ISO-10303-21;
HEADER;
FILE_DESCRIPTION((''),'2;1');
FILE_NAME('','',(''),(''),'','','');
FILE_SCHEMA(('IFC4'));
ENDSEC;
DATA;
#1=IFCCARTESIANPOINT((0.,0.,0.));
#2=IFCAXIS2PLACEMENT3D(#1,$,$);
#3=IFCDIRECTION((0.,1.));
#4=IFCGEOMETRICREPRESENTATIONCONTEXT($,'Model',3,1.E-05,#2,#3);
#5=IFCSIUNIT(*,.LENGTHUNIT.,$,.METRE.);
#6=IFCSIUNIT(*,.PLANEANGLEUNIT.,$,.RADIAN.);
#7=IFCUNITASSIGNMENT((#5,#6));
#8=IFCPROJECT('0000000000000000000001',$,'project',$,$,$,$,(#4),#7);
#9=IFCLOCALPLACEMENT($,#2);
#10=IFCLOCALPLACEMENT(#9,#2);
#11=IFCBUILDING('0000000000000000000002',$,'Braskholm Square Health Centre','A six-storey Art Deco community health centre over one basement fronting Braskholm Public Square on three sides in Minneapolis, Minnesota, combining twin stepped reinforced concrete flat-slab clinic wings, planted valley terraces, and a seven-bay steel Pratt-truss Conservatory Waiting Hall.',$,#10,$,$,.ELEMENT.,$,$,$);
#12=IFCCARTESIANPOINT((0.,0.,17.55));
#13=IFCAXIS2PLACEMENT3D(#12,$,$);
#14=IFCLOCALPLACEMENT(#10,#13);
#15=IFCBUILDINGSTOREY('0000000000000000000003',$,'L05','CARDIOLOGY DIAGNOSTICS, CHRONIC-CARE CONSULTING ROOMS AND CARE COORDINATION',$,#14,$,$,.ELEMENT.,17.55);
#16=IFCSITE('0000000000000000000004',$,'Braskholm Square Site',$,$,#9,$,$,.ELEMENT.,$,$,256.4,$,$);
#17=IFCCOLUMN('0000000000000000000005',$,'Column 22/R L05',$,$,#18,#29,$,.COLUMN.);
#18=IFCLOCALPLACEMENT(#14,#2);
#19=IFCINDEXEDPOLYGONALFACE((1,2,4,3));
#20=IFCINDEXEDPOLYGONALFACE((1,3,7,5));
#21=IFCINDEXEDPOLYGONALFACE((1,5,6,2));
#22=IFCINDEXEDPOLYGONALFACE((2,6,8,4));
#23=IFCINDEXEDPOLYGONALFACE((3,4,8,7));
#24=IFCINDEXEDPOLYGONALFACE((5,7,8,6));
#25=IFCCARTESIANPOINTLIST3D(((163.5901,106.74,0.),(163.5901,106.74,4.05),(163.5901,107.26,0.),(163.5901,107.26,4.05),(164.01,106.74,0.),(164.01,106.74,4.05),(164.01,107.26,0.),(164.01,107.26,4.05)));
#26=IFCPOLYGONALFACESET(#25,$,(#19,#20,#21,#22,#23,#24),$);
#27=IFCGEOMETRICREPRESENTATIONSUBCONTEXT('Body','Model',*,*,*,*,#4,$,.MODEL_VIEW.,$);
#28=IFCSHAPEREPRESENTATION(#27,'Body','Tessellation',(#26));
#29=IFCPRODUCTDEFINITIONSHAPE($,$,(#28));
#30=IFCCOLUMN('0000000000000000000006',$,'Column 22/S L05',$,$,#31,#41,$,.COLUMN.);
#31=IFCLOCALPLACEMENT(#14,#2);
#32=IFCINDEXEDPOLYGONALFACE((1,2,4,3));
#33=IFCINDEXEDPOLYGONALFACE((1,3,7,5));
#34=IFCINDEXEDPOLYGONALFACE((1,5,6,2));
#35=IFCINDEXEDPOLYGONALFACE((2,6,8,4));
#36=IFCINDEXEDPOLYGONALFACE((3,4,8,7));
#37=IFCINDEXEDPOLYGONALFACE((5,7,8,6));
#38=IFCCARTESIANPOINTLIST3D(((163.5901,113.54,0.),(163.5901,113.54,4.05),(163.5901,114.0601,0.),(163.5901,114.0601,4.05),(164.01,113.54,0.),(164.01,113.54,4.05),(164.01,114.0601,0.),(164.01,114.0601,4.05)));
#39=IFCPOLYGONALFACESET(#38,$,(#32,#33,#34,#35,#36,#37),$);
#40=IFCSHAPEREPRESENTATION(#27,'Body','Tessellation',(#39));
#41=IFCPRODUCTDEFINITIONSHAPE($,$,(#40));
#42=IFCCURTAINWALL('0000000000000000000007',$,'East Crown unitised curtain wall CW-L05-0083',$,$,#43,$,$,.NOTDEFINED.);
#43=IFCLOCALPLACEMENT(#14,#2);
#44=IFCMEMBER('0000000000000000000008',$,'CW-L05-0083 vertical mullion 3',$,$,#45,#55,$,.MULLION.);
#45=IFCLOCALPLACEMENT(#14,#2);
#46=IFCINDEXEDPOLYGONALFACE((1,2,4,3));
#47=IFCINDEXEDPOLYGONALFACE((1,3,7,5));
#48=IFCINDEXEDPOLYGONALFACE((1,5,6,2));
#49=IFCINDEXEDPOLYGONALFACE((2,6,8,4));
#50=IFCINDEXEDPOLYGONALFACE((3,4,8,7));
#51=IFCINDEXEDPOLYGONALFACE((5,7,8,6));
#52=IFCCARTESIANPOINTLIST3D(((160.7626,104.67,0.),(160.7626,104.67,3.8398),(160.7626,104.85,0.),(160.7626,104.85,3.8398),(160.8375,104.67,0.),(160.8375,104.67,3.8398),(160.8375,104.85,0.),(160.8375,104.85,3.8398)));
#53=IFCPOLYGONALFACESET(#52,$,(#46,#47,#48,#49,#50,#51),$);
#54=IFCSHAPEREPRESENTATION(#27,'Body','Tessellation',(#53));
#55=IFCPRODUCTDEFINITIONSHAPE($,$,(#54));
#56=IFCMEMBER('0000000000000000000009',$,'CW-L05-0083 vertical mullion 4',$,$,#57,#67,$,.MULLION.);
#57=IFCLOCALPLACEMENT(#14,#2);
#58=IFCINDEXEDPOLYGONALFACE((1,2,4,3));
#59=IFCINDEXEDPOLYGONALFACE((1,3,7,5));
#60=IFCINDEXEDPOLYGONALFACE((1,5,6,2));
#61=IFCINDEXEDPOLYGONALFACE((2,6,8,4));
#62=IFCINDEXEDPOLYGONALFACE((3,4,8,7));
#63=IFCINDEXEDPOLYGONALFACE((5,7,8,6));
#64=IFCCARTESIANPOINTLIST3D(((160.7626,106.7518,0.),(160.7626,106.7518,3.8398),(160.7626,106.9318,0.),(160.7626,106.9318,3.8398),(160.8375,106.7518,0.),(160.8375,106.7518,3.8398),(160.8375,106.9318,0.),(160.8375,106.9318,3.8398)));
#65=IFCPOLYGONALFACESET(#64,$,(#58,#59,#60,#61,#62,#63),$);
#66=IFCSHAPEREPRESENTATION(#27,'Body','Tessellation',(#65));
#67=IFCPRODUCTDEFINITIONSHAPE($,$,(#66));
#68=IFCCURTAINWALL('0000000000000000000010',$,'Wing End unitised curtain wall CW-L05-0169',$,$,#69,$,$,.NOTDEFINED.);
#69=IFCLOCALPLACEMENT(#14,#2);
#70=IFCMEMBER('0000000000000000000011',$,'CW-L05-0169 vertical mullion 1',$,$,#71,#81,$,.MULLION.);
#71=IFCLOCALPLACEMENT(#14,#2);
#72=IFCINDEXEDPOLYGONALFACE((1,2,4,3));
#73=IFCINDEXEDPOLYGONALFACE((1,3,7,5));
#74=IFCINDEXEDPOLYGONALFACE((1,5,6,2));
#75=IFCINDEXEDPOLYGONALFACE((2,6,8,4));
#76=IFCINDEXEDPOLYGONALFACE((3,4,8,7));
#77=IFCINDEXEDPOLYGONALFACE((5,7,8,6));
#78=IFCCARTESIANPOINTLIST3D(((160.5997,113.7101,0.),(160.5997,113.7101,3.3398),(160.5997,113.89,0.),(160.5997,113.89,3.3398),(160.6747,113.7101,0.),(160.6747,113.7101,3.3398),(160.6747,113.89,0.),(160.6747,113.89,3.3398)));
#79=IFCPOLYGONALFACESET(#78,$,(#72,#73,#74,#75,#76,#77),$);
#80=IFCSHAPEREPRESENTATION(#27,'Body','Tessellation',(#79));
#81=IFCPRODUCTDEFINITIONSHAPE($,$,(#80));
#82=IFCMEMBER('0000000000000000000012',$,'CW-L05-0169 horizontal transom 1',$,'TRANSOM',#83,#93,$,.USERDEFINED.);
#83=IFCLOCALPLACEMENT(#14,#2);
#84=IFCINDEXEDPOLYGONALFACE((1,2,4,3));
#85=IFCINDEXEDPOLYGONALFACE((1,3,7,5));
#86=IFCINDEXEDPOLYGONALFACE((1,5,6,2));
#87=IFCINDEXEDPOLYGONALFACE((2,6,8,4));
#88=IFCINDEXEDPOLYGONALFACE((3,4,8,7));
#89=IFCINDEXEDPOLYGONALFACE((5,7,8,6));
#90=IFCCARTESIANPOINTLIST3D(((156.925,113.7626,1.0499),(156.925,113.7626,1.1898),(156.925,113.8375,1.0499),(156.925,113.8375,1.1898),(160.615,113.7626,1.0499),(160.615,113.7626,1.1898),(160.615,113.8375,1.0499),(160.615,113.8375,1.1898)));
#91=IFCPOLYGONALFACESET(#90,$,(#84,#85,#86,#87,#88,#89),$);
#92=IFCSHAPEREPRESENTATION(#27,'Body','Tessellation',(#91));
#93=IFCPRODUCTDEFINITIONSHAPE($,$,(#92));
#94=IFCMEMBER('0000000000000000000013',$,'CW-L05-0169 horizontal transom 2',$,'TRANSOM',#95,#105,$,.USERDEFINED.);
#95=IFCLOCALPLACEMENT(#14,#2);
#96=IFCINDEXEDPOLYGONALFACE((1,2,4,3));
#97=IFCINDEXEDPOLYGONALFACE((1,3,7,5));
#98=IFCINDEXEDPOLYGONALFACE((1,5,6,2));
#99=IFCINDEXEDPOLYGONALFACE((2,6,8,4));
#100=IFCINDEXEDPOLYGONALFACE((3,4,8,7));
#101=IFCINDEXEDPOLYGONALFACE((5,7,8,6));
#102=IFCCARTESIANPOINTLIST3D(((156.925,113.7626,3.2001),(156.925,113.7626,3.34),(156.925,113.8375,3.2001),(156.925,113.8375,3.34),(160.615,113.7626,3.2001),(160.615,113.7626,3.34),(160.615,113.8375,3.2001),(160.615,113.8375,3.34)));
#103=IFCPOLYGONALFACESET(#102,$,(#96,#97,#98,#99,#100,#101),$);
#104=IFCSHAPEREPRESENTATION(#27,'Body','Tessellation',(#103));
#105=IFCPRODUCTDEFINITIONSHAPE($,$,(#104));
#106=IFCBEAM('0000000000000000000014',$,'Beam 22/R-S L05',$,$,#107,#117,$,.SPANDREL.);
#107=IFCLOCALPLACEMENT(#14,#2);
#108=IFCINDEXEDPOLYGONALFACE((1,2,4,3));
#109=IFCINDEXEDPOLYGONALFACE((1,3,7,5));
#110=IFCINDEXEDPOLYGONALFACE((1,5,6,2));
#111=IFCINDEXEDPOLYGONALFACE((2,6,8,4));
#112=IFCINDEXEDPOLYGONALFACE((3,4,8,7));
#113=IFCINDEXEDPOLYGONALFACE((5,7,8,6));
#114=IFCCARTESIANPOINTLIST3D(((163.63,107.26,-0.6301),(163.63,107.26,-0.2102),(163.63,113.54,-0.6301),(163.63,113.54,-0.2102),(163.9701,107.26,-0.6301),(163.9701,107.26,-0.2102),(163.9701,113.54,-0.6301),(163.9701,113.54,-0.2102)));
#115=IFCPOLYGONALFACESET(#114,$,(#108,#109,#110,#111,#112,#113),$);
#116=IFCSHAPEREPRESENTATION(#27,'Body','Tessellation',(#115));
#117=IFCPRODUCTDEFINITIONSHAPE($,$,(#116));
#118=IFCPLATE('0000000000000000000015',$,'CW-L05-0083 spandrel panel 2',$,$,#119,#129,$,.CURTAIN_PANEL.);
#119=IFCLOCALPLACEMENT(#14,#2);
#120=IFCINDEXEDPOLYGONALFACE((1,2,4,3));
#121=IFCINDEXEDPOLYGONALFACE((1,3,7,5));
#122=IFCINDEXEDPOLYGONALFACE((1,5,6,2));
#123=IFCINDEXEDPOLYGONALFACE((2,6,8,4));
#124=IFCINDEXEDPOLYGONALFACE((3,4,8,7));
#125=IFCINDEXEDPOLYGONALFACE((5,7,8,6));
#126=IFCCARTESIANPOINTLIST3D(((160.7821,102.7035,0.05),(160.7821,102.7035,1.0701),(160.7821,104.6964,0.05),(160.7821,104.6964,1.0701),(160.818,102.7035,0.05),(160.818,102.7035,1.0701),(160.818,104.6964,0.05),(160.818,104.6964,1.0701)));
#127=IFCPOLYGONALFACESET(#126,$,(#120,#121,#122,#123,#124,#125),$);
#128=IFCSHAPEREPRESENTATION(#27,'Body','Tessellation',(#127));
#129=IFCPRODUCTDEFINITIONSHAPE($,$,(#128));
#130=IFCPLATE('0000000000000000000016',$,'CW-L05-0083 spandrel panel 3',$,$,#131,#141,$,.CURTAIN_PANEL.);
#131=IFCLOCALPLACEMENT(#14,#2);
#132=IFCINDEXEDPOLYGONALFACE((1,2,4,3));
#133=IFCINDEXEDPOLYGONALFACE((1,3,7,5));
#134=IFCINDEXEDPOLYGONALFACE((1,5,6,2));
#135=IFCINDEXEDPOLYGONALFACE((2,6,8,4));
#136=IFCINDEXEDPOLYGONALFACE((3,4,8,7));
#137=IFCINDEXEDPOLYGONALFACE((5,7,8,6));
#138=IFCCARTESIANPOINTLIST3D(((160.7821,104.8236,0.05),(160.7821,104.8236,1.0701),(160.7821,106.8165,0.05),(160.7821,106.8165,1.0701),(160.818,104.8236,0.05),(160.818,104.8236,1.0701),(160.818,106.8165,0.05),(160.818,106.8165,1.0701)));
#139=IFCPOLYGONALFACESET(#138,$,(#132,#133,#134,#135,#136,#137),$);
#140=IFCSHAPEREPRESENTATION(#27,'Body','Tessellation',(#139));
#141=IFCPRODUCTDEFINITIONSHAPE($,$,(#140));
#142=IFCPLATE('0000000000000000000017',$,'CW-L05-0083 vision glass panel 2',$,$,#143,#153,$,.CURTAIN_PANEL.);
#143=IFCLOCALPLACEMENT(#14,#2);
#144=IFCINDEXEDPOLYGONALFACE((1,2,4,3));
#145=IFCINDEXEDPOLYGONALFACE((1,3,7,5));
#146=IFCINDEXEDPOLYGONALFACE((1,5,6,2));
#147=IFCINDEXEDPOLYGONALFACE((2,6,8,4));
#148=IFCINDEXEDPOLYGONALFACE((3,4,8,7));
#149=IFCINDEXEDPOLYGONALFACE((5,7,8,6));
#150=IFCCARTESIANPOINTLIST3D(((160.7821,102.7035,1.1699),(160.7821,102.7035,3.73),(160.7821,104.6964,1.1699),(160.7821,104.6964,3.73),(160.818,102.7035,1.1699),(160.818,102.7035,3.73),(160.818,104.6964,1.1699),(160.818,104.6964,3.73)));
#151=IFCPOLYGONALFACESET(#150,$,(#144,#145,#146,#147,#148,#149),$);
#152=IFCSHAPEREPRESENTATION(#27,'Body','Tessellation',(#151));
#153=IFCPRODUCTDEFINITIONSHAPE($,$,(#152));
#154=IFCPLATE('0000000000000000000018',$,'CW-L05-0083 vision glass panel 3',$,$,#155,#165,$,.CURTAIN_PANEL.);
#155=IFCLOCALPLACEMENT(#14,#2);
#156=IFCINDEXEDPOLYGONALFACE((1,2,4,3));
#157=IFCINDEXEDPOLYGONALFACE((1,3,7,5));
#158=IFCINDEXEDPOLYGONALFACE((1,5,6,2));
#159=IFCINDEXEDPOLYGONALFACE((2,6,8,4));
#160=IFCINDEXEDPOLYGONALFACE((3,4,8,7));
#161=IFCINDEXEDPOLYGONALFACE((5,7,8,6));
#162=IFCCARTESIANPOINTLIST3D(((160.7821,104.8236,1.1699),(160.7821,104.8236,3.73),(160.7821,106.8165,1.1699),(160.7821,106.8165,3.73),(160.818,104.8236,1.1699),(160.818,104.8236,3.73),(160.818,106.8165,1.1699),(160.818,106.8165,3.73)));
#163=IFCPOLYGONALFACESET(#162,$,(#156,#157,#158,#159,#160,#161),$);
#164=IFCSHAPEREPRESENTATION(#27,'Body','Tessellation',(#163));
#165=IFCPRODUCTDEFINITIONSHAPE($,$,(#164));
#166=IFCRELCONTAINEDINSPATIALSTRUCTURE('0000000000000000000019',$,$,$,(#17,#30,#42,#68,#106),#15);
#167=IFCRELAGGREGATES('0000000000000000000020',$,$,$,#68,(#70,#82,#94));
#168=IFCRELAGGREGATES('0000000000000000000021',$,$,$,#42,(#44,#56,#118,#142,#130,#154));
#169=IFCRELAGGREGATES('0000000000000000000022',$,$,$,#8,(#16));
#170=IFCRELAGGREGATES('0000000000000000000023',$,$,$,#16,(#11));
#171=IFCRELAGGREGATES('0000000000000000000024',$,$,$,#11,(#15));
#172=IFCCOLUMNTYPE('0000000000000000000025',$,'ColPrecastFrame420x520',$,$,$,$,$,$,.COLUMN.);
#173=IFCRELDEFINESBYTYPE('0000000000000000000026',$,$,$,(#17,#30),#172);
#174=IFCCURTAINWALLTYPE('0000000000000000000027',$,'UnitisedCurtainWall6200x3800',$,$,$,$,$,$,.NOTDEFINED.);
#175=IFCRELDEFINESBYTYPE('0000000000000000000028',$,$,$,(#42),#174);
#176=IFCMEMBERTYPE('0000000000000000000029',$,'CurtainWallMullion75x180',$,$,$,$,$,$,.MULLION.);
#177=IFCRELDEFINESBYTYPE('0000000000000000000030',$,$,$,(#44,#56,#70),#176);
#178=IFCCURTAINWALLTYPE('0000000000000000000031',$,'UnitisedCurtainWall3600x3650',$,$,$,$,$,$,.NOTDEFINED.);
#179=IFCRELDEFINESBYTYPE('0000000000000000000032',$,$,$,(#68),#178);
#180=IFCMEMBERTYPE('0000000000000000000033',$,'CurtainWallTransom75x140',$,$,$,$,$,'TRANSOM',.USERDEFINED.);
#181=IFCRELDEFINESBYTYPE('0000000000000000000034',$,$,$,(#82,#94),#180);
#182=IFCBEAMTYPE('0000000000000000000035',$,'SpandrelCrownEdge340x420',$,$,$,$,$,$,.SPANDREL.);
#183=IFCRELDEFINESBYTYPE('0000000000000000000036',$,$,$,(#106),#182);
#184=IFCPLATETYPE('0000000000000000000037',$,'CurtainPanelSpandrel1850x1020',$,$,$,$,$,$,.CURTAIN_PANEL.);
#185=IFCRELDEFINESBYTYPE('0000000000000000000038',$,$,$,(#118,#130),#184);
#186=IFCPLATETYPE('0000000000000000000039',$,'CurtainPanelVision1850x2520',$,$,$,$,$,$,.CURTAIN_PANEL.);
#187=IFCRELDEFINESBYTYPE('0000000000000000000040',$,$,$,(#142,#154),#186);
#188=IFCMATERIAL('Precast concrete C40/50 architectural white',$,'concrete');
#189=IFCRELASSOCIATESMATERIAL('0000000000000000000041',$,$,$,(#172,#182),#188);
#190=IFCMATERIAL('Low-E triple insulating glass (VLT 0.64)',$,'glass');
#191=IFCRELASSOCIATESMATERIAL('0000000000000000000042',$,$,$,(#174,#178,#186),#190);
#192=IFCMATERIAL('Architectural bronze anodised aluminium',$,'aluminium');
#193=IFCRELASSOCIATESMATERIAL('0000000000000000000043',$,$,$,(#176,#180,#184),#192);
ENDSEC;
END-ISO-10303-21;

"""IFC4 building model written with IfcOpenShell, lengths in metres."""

from ifc_helpers import new_model, si_unit, direction, frame, origin, origin_2d, place, context, subcontext, project, spatial, rectangle, extrude, material, material_profile, profile_set, type_object, element, aggregate, save


model = new_model("IFC4")

# Units and contexts
model_context = context("Model", 3, precision=1e-05, world=origin(), true_north=direction((0.0, 1.0)))
body_context = subcontext(model_context, "Body", "Model", "MODEL_VIEW")
ifc_project = project(units=[si_unit("LENGTHUNIT", "METRE"), si_unit("PLANEANGLEUNIT", "RADIAN")], contexts=[model_context])

# Site, building, storey
site_placement = place(None, origin())
site = spatial("IfcSite", under=ifc_project, at=site_placement, Name="Braskholm Square Site", CompositionType="ELEMENT", RefElevation=256.4)
building_placement = place(site_placement, origin())
building = spatial("IfcBuilding", under=site, at=building_placement, Name="Braskholm Square Health Centre", Description="A six-storey Art Deco community health centre over one basement fronting Braskholm Public Square on three sides in Minneapolis, Minnesota, combining twin stepped reinforced concrete flat-slab clinic wings, planted valley terraces, and a seven-bay steel Pratt-truss Conservatory Waiting Hall.", CompositionType="ELEMENT")
storey_placement = place(building_placement, frame((0.0, 0.0, 17.55)))
storey = spatial("IfcBuildingStorey", under=building, at=storey_placement, Name="L05", Description="CARDIOLOGY DIAGNOSTICS, CHRONIC-CARE CONSULTING ROOMS AND CARE COORDINATION", CompositionType="ELEMENT", Elevation=17.55)

# Columns
ifc_material_1 = material(Name="Precast concrete C40/50 architectural white", Category="concrete")
ifc_material_profile_1 = material_profile(ifc_material_1, rectangle(XDim=0.4199, YDim=0.52, at=origin_2d()), Name="RC-420X520")
ifc_profile_set_1 = profile_set([ifc_material_profile_1], Name="Precast concrete C40/50 architectural white")
column_type = type_object("IfcColumnType", Name="ColPrecastFrame420x520", PredefinedType="COLUMN", material=ifc_profile_set_1)
for number, where, z_axis, x_axis, name in (
    (1, (163.8, 107.0, 0.0), (0.0, 0.0, 1.0), (1.0, 0.0, 0.0), "Column 22/R L05"),
    (2, (163.8, 113.8, 0.0), (0.0, 0.0, 1.0), (1.0, 0.0, 0.0), "Column 22/S L05"),
):
    element("IfcColumn", number, at=place(storey_placement, frame(where, z_axis=z_axis, x_axis=x_axis)), inside=storey, type_object=column_type, Name=name, PredefinedType="COLUMN", context=body_context, shape_type="SweptSolid", body=[
        extrude(rectangle(XDim=0.4199, YDim=0.52, at=origin_2d()), origin(), (0.0, 0.0, 1.0), 4.05),
    ])

# Curtain walls, members
ifc_material_2 = material(Name="Low-E triple insulating glass (VLT 0.64)", Category="glass")
curtain_wall_type_1 = type_object("IfcCurtainWallType", Name="UnitisedCurtainWall6200x3800", PredefinedType="NOTDEFINED", material=ifc_material_2)
curtain_wall_1_placement = place(storey_placement, origin())
curtain_wall_1 = element("IfcCurtainWall", 3, at=curtain_wall_1_placement, inside=storey, type_object=curtain_wall_type_1, Name="East Crown unitised curtain wall CW-L05-0083", PredefinedType="NOTDEFINED")
ifc_material_3 = material(Name="Architectural bronze anodised aluminium", Category="aluminium")
ifc_material_profile_2 = material_profile(ifc_material_3, rectangle(XDim=0.075, YDim=0.1799, at=origin_2d()), Name="ALU-75X180")
ifc_profile_set_2 = profile_set([ifc_material_profile_2], Name="Architectural bronze anodised aluminium")
member_type_1 = type_object("IfcMemberType", Name="CurtainWallMullion75x180", PredefinedType="MULLION", material=ifc_profile_set_2)
member_1_placement = place(storey_placement, frame((160.8, 104.76, 0.0), z_axis=(0.0, 0.0, 1.0), x_axis=(1.0, 0.0, 0.0)))
member_1 = element("IfcMember", 4, at=member_1_placement, type_object=member_type_1, Name="CW-L05-0083 vertical mullion 3", PredefinedType="MULLION", context=body_context, shape_type="SweptSolid", body=[
    extrude(rectangle(XDim=0.075, YDim=0.1799, at=origin_2d()), origin(), (0.0, 0.0, 1.0), 3.8398),
])
member_2_placement = place(storey_placement, frame((160.8, 106.8418, 0.0), z_axis=(0.0, 0.0, 1.0), x_axis=(1.0, 0.0, 0.0)))
member_2 = element("IfcMember", 5, at=member_2_placement, type_object=member_type_1, Name="CW-L05-0083 vertical mullion 4", PredefinedType="MULLION", context=body_context, shape_type="SweptSolid", body=[
    extrude(rectangle(XDim=0.075, YDim=0.1799, at=origin_2d()), origin(), (0.0, 0.0, 1.0), 3.8398),
])
curtain_wall_type_2 = type_object("IfcCurtainWallType", Name="UnitisedCurtainWall3600x3650", PredefinedType="NOTDEFINED", material=ifc_material_2)
curtain_wall_2_placement = place(storey_placement, origin())
curtain_wall_2 = element("IfcCurtainWall", 6, at=curtain_wall_2_placement, inside=storey, type_object=curtain_wall_type_2, Name="Wing End unitised curtain wall CW-L05-0169", PredefinedType="NOTDEFINED")
member_3_placement = place(storey_placement, frame((160.6372, 113.8, 0.0), z_axis=(0.0, 0.0, 1.0), x_axis=(1.0, 0.0, 0.0)))
member_3 = element("IfcMember", 7, at=member_3_placement, type_object=member_type_1, Name="CW-L05-0169 vertical mullion 1", PredefinedType="MULLION", context=body_context, shape_type="SweptSolid", body=[
    extrude(rectangle(XDim=0.075, YDim=0.1799, at=origin_2d()), origin(), (0.0, 0.0, 1.0), 3.3398),
])
ifc_material_profile_3 = material_profile(ifc_material_3, rectangle(XDim=0.075, YDim=0.1399, at=origin_2d()), Name="ALU-75X140")
ifc_profile_set_3 = profile_set([ifc_material_profile_3], Name="Architectural bronze anodised aluminium")
member_type_2 = type_object("IfcMemberType", Name="CurtainWallTransom75x140", ElementType="TRANSOM", PredefinedType="USERDEFINED", material=ifc_profile_set_3)
member_4_placement = place(storey_placement, frame((160.615, 113.8, 1.1199), z_axis=(-1.0, 0.0, 0.0), x_axis=(0.0, -1.0, 0.0)))
member_4 = element("IfcMember", 8, at=member_4_placement, type_object=member_type_2, Name="CW-L05-0169 horizontal transom 1", ObjectType="TRANSOM", PredefinedType="USERDEFINED", context=body_context, shape_type="SweptSolid", body=[
    extrude(rectangle(XDim=0.075, YDim=0.1399, at=origin_2d()), origin(), (0.0, 0.0, 1.0), 3.6899),
])
member_5_placement = place(storey_placement, frame((160.615, 113.8, 3.27), z_axis=(-1.0, 0.0, 0.0), x_axis=(0.0, -1.0, 0.0)))
member_5 = element("IfcMember", 9, at=member_5_placement, type_object=member_type_2, Name="CW-L05-0169 horizontal transom 2", ObjectType="TRANSOM", PredefinedType="USERDEFINED", context=body_context, shape_type="SweptSolid", body=[
    extrude(rectangle(XDim=0.075, YDim=0.1399, at=origin_2d()), origin(), (0.0, 0.0, 1.0), 3.6899),
])
aggregate(curtain_wall_2, [member_3, member_4, member_5])

# Beam
ifc_material_profile_4 = material_profile(ifc_material_1, rectangle(XDim=0.3401, YDim=0.4199, at=origin_2d()), Name="RCB-340X420")
ifc_profile_set_4 = profile_set([ifc_material_profile_4], Name="Precast concrete C40/50 architectural white")
beam_type = type_object("IfcBeamType", Name="SpandrelCrownEdge340x420", PredefinedType="SPANDREL", material=ifc_profile_set_4)
beam_placement = place(storey_placement, frame((163.8, 107.26, -0.4202), z_axis=(0.0, 1.0, 0.0), x_axis=(-1.0, 0.0, 0.0)))
element("IfcBeam", 10, at=beam_placement, inside=storey, type_object=beam_type, Name="Beam 22/R-S L05", PredefinedType="SPANDREL", context=body_context, shape_type="SweptSolid", body=[
    extrude(rectangle(XDim=0.3401, YDim=0.4199, at=origin_2d()), origin(), (0.0, 0.0, 1.0), 6.28),
])

# Plates
plate_type_1 = type_object("IfcPlateType", Name="CurtainPanelSpandrel1850x1020", PredefinedType="CURTAIN_PANEL", material=ifc_material_3)
plate_1_placement = place(storey_placement, frame((160.8, 103.7, 0.05), z_axis=(0.0, 0.0, 1.0), x_axis=(0.0, 1.0, 0.0)))
plate_1 = element("IfcPlate", 11, at=plate_1_placement, type_object=plate_type_1, Name="CW-L05-0083 spandrel panel 2", PredefinedType="CURTAIN_PANEL", context=body_context, shape_type="SweptSolid", body=[
    extrude(rectangle(XDim=1.9929, YDim=0.0359, at=origin_2d()), origin(), (0.0, 0.0, 1.0), 1.02),
])
plate_2_placement = place(storey_placement, frame((160.8, 105.8201, 0.05), z_axis=(0.0, 0.0, 1.0), x_axis=(0.0, 1.0, 0.0)))
plate_2 = element("IfcPlate", 12, at=plate_2_placement, type_object=plate_type_1, Name="CW-L05-0083 spandrel panel 3", PredefinedType="CURTAIN_PANEL", context=body_context, shape_type="SweptSolid", body=[
    extrude(rectangle(XDim=1.9929, YDim=0.0359, at=origin_2d()), origin(), (0.0, 0.0, 1.0), 1.02),
])
plate_type_2 = type_object("IfcPlateType", Name="CurtainPanelVision1850x2520", PredefinedType="CURTAIN_PANEL", material=ifc_material_2)
plate_3_placement = place(storey_placement, frame((160.8, 103.7, 1.1699), z_axis=(0.0, 0.0, 1.0), x_axis=(0.0, 1.0, 0.0)))
plate_3 = element("IfcPlate", 13, at=plate_3_placement, type_object=plate_type_2, Name="CW-L05-0083 vision glass panel 2", PredefinedType="CURTAIN_PANEL", context=body_context, shape_type="SweptSolid", body=[
    extrude(rectangle(XDim=1.9929, YDim=0.0359, at=origin_2d()), origin(), (0.0, 0.0, 1.0), 2.5601),
])
plate_4_placement = place(storey_placement, frame((160.8, 105.8201, 1.1699), z_axis=(0.0, 0.0, 1.0), x_axis=(0.0, 1.0, 0.0)))
plate_4 = element("IfcPlate", 14, at=plate_4_placement, type_object=plate_type_2, Name="CW-L05-0083 vision glass panel 3", PredefinedType="CURTAIN_PANEL", context=body_context, shape_type="SweptSolid", body=[
    extrude(rectangle(XDim=1.9929, YDim=0.0359, at=origin_2d()), origin(), (0.0, 0.0, 1.0), 2.5601),
])
aggregate(curtain_wall_1, [member_1, member_2, plate_1, plate_3, plate_2, plate_4])

save(model, "model.ifc")
